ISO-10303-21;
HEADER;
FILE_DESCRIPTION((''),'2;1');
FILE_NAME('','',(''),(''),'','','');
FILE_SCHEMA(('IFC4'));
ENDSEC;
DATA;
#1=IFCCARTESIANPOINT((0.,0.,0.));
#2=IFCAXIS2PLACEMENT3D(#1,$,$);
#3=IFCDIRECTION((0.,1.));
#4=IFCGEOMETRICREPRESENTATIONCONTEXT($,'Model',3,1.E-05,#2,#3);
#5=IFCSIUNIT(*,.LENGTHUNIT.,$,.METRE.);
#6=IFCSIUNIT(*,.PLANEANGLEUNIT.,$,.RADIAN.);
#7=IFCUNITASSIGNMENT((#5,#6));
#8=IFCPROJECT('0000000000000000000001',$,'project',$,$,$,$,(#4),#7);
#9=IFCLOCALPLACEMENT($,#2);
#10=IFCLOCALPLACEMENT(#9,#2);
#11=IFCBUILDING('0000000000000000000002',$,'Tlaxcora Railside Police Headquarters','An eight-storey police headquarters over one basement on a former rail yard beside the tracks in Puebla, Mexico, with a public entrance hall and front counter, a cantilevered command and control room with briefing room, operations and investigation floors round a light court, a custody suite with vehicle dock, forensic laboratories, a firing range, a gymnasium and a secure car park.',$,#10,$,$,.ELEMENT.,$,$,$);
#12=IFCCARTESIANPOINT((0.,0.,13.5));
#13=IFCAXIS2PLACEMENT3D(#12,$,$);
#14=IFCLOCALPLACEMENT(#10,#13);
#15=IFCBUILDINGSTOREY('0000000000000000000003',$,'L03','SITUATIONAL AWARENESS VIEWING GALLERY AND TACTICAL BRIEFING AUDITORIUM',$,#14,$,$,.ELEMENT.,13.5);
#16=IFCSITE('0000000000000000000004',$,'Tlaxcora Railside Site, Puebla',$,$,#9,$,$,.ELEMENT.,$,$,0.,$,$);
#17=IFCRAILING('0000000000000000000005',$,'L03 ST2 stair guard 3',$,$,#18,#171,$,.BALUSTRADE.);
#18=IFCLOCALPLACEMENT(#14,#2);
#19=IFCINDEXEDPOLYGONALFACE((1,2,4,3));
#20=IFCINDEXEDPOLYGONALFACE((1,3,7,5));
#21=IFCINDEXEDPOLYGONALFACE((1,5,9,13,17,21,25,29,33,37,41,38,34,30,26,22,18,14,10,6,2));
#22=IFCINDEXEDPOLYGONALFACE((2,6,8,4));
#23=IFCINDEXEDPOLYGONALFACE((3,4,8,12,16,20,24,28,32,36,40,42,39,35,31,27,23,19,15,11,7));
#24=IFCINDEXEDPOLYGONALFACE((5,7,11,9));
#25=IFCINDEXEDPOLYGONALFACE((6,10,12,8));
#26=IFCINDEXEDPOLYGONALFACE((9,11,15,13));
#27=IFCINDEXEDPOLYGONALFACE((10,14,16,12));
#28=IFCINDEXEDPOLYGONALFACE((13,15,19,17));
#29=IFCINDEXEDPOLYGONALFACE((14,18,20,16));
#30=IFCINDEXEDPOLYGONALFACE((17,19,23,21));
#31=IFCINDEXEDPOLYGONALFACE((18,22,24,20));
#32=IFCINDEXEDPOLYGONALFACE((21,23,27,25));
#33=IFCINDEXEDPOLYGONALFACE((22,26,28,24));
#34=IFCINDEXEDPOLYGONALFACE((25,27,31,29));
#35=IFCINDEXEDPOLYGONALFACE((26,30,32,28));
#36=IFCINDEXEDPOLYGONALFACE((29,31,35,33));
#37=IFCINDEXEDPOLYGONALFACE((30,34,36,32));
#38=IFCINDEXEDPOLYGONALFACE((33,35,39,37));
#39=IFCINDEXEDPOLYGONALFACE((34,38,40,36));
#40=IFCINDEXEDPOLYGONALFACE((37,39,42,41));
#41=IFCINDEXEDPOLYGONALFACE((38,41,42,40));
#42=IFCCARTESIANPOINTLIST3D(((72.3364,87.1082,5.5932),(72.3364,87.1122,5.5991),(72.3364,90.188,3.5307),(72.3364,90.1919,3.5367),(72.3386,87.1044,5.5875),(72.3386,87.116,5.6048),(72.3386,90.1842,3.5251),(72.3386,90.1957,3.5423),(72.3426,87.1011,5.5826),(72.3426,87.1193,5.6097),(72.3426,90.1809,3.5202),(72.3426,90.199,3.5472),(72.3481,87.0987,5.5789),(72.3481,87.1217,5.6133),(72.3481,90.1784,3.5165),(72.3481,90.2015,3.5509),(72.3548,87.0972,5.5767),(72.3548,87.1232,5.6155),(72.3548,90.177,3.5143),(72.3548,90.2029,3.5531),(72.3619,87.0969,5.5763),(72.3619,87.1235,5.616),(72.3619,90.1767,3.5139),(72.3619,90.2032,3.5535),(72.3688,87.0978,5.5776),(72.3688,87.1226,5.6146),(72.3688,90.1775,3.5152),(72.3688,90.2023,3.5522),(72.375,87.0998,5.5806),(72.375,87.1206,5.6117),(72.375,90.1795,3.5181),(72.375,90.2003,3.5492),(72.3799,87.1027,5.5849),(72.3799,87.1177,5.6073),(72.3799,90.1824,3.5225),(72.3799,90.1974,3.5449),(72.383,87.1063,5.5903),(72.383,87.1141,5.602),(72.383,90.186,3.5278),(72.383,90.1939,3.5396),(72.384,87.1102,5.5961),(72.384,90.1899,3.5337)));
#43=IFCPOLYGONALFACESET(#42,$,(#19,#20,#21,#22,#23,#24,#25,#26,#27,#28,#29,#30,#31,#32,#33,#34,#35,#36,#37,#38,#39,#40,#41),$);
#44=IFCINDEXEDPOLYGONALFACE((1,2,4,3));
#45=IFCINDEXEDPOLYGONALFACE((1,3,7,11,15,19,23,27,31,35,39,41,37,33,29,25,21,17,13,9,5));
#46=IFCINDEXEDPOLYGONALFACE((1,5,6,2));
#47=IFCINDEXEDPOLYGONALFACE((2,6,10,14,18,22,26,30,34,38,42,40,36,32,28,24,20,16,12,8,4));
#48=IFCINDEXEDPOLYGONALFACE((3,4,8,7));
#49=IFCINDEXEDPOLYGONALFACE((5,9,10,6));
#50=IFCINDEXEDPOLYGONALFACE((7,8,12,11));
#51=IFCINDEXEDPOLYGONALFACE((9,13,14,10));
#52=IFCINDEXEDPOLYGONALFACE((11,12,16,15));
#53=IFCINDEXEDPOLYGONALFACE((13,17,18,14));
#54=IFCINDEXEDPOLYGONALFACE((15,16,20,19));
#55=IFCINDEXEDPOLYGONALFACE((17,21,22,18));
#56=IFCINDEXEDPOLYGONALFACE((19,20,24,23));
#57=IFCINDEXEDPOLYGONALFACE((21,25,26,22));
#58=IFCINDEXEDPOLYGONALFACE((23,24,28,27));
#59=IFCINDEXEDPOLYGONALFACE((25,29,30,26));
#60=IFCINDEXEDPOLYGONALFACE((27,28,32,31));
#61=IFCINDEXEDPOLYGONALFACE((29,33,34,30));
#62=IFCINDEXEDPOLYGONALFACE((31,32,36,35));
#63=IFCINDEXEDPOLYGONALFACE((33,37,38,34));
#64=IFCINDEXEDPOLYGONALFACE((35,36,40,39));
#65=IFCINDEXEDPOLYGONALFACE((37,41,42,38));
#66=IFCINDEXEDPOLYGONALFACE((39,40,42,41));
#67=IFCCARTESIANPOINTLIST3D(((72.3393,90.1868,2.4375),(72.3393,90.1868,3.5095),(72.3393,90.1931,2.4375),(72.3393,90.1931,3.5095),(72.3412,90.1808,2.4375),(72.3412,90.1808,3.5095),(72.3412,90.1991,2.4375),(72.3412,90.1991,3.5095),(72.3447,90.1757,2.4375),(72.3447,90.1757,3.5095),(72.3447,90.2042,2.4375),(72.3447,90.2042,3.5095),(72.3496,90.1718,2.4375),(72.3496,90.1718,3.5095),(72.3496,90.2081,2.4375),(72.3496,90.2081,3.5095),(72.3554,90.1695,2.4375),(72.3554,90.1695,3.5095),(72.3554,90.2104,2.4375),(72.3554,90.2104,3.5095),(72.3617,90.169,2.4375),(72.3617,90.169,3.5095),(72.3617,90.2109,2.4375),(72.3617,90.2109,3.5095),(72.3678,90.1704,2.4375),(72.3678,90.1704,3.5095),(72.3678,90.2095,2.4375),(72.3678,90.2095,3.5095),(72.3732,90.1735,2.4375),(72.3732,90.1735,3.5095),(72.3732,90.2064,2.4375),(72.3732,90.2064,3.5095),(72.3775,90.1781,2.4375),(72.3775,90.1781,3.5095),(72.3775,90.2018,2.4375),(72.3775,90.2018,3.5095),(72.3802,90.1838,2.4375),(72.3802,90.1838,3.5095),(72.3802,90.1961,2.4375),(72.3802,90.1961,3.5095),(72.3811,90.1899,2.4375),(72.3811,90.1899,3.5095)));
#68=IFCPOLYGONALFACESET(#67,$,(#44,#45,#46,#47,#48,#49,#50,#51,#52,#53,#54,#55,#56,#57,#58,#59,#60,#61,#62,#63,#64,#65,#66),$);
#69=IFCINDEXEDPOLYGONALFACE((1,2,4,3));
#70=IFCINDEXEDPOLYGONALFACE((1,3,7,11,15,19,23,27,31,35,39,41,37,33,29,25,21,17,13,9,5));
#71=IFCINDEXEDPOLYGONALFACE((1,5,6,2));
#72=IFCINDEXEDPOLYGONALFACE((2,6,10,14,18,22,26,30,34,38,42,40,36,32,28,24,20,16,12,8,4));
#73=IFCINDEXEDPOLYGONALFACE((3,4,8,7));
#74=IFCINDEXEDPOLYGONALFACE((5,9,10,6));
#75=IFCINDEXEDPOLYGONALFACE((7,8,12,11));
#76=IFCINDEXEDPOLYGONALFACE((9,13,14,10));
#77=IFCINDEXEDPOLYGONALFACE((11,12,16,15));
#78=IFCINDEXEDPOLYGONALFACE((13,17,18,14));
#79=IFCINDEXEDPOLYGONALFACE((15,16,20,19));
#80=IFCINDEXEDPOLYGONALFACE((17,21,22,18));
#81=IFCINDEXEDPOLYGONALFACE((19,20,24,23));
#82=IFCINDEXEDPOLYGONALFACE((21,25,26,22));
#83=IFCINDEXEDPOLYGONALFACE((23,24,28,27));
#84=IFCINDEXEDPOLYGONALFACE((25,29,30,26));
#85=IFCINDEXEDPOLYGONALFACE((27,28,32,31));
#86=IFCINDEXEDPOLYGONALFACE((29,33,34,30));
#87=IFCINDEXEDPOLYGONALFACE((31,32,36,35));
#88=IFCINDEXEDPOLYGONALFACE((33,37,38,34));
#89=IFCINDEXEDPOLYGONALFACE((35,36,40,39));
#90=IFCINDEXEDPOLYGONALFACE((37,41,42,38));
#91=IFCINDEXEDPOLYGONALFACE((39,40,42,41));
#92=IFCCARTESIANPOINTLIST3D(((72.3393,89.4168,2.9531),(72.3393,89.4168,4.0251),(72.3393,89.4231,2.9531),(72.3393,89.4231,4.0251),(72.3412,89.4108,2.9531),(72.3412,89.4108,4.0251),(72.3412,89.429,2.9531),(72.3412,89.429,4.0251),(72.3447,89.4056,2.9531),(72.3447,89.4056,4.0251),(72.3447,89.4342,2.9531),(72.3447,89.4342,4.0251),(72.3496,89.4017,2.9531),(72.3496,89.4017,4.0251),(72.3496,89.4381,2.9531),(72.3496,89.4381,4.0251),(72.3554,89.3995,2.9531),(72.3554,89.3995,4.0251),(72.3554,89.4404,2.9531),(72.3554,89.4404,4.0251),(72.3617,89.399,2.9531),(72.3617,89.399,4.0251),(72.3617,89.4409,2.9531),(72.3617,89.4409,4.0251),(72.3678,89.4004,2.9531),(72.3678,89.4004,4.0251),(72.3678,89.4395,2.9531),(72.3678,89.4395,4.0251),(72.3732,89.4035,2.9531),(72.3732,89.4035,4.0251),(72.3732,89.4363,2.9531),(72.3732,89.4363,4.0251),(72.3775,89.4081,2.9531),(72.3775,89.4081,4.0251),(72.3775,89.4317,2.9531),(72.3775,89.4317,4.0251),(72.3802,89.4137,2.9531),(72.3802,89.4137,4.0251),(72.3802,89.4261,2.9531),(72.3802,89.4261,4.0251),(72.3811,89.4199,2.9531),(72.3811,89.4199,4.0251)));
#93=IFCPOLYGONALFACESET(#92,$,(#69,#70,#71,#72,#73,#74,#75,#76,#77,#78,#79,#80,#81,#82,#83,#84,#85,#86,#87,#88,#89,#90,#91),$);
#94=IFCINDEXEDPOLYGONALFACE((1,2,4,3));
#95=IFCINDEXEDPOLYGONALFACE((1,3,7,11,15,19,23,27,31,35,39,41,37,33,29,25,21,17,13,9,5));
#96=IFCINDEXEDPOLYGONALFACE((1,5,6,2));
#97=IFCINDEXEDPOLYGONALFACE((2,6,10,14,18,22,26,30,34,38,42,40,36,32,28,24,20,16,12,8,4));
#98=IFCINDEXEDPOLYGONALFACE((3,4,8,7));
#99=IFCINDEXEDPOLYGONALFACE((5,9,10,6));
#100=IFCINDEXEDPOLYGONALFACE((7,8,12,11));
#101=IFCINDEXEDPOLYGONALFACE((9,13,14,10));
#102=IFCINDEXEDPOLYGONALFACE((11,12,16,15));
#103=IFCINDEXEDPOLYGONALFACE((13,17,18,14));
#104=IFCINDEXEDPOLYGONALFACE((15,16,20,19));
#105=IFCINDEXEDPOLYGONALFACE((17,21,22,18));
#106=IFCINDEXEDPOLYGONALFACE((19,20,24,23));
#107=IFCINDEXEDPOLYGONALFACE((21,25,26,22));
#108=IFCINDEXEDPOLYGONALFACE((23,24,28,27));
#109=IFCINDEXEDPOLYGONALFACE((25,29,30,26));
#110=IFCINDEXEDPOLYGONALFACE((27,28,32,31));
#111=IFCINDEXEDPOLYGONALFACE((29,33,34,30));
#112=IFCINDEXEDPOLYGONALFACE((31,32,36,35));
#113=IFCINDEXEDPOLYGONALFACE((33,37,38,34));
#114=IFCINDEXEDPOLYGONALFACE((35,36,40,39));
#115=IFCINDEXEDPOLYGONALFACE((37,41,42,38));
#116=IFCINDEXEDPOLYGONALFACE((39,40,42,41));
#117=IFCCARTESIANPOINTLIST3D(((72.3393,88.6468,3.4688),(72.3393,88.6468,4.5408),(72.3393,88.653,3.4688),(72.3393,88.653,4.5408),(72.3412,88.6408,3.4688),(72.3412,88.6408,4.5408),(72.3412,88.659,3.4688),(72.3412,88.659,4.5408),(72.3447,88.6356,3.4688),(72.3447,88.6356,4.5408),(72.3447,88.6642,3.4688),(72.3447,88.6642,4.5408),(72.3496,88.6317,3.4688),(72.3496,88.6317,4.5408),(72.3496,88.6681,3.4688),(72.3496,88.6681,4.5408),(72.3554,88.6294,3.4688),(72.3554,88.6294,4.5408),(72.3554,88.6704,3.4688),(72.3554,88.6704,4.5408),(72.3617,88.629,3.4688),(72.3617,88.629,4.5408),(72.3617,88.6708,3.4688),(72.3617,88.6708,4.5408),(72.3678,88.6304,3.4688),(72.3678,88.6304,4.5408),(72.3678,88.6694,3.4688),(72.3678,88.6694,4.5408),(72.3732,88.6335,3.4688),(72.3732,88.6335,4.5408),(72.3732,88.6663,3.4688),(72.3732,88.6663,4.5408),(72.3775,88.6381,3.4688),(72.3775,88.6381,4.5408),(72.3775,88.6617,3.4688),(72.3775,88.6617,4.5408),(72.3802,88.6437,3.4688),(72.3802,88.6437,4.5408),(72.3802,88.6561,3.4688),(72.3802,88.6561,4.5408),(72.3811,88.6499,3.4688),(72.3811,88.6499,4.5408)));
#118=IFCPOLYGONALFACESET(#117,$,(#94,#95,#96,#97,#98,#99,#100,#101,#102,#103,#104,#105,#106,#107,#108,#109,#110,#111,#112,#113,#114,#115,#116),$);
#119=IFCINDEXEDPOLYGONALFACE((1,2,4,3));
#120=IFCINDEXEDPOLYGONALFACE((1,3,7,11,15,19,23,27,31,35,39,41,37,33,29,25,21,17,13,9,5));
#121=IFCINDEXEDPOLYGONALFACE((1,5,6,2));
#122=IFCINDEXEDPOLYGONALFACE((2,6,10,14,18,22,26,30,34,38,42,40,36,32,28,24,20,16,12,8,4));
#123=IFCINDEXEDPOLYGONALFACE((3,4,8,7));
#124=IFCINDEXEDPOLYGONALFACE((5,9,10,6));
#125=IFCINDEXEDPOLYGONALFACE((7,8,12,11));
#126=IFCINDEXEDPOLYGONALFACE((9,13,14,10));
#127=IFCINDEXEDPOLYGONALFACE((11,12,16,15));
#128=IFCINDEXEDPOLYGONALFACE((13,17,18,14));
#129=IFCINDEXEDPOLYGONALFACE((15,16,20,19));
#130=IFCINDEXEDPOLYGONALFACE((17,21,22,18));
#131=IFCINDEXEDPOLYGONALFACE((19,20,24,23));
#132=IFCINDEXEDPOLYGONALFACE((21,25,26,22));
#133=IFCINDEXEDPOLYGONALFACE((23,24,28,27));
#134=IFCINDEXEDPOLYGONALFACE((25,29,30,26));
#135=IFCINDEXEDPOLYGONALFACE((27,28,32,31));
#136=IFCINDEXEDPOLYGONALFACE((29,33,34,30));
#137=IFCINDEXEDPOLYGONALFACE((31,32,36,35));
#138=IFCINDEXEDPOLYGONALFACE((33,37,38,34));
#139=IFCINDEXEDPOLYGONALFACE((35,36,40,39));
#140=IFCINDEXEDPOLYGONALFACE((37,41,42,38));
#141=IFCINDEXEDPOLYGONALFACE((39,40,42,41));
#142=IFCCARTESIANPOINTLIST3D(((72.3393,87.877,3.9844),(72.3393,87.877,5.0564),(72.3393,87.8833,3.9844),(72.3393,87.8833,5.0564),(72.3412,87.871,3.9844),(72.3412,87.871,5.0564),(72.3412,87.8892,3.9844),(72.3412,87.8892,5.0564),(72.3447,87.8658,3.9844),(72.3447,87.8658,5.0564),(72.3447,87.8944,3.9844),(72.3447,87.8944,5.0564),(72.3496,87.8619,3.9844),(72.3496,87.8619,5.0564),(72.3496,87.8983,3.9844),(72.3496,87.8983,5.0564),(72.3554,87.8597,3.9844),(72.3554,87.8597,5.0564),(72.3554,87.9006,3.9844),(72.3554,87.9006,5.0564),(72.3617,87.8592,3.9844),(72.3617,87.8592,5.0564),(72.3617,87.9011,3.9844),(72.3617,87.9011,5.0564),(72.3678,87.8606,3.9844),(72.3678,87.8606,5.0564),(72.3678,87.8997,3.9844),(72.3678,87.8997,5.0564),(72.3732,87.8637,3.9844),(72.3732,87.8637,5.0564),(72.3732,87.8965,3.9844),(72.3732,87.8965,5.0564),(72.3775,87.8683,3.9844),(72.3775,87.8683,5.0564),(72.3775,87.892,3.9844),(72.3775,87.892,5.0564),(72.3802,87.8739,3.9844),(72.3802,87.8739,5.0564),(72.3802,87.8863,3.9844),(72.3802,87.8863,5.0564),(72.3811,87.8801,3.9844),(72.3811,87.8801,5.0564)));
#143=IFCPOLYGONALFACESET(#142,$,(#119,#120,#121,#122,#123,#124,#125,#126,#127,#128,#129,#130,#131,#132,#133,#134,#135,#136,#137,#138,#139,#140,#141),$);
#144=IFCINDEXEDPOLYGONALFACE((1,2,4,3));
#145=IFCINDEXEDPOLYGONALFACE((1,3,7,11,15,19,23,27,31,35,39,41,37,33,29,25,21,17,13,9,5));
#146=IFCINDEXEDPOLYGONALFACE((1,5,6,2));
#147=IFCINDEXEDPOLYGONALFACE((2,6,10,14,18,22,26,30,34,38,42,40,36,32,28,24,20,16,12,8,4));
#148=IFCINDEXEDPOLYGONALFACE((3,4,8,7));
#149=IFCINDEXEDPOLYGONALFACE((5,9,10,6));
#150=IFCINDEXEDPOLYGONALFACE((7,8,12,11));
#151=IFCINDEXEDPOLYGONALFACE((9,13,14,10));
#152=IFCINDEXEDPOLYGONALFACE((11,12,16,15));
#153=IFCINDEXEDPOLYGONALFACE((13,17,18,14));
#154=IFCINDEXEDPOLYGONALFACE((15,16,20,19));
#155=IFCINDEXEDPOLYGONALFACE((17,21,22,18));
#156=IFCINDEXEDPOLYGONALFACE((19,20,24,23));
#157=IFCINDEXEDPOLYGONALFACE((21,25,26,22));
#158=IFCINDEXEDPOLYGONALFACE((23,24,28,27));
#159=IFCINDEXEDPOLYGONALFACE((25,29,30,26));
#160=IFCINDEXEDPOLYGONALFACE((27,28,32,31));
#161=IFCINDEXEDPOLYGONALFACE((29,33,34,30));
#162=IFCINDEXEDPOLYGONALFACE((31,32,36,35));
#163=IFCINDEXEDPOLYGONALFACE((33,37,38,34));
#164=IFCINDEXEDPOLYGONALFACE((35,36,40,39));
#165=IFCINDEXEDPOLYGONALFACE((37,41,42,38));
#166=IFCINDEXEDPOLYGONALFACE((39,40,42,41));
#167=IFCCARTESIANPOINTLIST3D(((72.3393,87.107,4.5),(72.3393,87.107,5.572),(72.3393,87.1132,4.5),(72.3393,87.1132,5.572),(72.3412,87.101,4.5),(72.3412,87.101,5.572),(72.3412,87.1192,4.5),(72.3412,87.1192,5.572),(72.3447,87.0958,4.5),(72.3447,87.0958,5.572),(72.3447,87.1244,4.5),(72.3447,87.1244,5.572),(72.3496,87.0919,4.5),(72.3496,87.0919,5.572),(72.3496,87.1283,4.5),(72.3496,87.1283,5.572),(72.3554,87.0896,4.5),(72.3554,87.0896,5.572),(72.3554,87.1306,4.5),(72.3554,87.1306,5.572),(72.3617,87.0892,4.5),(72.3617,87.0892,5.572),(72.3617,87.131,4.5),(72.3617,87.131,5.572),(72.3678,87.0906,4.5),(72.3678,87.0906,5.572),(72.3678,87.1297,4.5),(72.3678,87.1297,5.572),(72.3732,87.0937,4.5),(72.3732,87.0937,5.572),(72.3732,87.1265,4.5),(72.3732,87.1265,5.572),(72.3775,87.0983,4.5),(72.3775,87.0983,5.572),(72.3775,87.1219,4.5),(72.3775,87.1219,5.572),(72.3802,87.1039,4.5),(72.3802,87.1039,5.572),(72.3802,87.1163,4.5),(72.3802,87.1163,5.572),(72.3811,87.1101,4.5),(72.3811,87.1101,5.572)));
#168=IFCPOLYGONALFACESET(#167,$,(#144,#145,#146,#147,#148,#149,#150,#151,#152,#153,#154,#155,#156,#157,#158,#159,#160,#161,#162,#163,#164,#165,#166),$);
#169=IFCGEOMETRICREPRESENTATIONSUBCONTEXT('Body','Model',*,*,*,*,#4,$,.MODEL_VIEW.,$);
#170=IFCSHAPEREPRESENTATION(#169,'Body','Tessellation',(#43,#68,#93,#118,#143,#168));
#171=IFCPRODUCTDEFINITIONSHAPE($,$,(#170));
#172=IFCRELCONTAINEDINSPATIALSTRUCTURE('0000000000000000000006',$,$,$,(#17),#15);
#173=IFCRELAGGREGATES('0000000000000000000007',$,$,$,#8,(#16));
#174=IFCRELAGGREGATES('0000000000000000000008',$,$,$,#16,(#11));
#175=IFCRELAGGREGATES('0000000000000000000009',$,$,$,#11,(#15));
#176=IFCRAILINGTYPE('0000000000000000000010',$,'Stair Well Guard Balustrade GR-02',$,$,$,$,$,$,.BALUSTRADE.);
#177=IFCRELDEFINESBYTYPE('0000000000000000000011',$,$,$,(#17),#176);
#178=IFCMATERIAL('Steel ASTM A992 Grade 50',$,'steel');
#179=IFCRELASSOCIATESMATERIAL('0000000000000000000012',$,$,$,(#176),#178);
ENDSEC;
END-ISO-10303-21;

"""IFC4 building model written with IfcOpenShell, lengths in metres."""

from ifc_helpers import new_model, si_unit, direction, frame, origin, origin_2d, place, context, subcontext, project, spatial, circle, extrude, material, type_object, element, save


model = new_model("IFC4")

# Units and contexts
model_context = context("Model", 3, precision=1e-05, world=origin(), true_north=direction((0.0, 1.0)))
body_context = subcontext(model_context, "Body", "Model", "MODEL_VIEW")
ifc_project = project(units=[si_unit("LENGTHUNIT", "METRE"), si_unit("PLANEANGLEUNIT", "RADIAN")], contexts=[model_context])

# Site, building, storey
site_placement = place(None, origin())
site = spatial("IfcSite", under=ifc_project, at=site_placement, Name="Tlaxcora Railside Site, Puebla", CompositionType="ELEMENT", RefElevation=0.0)
building_placement = place(site_placement, origin())
building = spatial("IfcBuilding", under=site, at=building_placement, Name="Tlaxcora Railside Police Headquarters", Description="An eight-storey police headquarters over one basement on a former rail yard beside the tracks in Puebla, Mexico, with a public entrance hall and front counter, a cantilevered command and control room with briefing room, operations and investigation floors round a light court, a custody suite with vehicle dock, forensic laboratories, a firing range, a gymnasium and a secure car park.", CompositionType="ELEMENT")
storey_placement = place(building_placement, frame((0.0, 0.0, 13.5)))
storey = spatial("IfcBuildingStorey", under=building, at=storey_placement, Name="L03", Description="SITUATIONAL AWARENESS VIEWING GALLERY AND TACTICAL BRIEFING AUDITORIUM", CompositionType="ELEMENT", Elevation=13.5)

# Shared definitions
ifc_material_1 = material(Name="Steel ASTM A992 Grade 50", Category="steel")

# Railing
railing_type_1 = type_object("IfcRailingType", Name="Stair Well Guard Balustrade GR-02", PredefinedType="BALUSTRADE", material=ifc_material_1)
railing_1_placement = place(storey_placement, frame((72.3601, 90.1899, 2.4375)))
element("IfcRailing", 1, at=railing_1_placement, inside=storey, type_object=railing_type_1, Name="L03 ST2 stair guard 3", PredefinedType="BALUSTRADE", context=body_context, shape_type="SweptSolid", body=[
    extrude(circle(Radius=0.0239, at=origin_2d()), frame((0.0, 0.0, 1.0962), z_axis=(0.0, -0.830893, 0.556432), x_axis=(1.0, 0.0, 0.0)), (0.0, 0.0, 1.0), 3.7065),
    extrude(circle(Radius=0.021, at=origin_2d()), origin(), (0.0, 0.0, 1.0), 1.072),
    extrude(circle(Radius=0.021, at=origin_2d()), frame((0.0, -0.77, 0.5156)), (0.0, 0.0, 1.0), 1.072),
    extrude(circle(Radius=0.021, at=origin_2d()), frame((0.0, -1.54, 1.0312)), (0.0, 0.0, 1.0), 1.072),
    extrude(circle(Radius=0.021, at=origin_2d()), frame((0.0, -2.3098, 1.5469)), (0.0, 0.0, 1.0), 1.072),
    extrude(circle(Radius=0.021, at=origin_2d()), frame((0.0, -3.0798, 2.0625)), (0.0, 0.0, 1.0), 1.072),
])

save(model, "model.ifc")
